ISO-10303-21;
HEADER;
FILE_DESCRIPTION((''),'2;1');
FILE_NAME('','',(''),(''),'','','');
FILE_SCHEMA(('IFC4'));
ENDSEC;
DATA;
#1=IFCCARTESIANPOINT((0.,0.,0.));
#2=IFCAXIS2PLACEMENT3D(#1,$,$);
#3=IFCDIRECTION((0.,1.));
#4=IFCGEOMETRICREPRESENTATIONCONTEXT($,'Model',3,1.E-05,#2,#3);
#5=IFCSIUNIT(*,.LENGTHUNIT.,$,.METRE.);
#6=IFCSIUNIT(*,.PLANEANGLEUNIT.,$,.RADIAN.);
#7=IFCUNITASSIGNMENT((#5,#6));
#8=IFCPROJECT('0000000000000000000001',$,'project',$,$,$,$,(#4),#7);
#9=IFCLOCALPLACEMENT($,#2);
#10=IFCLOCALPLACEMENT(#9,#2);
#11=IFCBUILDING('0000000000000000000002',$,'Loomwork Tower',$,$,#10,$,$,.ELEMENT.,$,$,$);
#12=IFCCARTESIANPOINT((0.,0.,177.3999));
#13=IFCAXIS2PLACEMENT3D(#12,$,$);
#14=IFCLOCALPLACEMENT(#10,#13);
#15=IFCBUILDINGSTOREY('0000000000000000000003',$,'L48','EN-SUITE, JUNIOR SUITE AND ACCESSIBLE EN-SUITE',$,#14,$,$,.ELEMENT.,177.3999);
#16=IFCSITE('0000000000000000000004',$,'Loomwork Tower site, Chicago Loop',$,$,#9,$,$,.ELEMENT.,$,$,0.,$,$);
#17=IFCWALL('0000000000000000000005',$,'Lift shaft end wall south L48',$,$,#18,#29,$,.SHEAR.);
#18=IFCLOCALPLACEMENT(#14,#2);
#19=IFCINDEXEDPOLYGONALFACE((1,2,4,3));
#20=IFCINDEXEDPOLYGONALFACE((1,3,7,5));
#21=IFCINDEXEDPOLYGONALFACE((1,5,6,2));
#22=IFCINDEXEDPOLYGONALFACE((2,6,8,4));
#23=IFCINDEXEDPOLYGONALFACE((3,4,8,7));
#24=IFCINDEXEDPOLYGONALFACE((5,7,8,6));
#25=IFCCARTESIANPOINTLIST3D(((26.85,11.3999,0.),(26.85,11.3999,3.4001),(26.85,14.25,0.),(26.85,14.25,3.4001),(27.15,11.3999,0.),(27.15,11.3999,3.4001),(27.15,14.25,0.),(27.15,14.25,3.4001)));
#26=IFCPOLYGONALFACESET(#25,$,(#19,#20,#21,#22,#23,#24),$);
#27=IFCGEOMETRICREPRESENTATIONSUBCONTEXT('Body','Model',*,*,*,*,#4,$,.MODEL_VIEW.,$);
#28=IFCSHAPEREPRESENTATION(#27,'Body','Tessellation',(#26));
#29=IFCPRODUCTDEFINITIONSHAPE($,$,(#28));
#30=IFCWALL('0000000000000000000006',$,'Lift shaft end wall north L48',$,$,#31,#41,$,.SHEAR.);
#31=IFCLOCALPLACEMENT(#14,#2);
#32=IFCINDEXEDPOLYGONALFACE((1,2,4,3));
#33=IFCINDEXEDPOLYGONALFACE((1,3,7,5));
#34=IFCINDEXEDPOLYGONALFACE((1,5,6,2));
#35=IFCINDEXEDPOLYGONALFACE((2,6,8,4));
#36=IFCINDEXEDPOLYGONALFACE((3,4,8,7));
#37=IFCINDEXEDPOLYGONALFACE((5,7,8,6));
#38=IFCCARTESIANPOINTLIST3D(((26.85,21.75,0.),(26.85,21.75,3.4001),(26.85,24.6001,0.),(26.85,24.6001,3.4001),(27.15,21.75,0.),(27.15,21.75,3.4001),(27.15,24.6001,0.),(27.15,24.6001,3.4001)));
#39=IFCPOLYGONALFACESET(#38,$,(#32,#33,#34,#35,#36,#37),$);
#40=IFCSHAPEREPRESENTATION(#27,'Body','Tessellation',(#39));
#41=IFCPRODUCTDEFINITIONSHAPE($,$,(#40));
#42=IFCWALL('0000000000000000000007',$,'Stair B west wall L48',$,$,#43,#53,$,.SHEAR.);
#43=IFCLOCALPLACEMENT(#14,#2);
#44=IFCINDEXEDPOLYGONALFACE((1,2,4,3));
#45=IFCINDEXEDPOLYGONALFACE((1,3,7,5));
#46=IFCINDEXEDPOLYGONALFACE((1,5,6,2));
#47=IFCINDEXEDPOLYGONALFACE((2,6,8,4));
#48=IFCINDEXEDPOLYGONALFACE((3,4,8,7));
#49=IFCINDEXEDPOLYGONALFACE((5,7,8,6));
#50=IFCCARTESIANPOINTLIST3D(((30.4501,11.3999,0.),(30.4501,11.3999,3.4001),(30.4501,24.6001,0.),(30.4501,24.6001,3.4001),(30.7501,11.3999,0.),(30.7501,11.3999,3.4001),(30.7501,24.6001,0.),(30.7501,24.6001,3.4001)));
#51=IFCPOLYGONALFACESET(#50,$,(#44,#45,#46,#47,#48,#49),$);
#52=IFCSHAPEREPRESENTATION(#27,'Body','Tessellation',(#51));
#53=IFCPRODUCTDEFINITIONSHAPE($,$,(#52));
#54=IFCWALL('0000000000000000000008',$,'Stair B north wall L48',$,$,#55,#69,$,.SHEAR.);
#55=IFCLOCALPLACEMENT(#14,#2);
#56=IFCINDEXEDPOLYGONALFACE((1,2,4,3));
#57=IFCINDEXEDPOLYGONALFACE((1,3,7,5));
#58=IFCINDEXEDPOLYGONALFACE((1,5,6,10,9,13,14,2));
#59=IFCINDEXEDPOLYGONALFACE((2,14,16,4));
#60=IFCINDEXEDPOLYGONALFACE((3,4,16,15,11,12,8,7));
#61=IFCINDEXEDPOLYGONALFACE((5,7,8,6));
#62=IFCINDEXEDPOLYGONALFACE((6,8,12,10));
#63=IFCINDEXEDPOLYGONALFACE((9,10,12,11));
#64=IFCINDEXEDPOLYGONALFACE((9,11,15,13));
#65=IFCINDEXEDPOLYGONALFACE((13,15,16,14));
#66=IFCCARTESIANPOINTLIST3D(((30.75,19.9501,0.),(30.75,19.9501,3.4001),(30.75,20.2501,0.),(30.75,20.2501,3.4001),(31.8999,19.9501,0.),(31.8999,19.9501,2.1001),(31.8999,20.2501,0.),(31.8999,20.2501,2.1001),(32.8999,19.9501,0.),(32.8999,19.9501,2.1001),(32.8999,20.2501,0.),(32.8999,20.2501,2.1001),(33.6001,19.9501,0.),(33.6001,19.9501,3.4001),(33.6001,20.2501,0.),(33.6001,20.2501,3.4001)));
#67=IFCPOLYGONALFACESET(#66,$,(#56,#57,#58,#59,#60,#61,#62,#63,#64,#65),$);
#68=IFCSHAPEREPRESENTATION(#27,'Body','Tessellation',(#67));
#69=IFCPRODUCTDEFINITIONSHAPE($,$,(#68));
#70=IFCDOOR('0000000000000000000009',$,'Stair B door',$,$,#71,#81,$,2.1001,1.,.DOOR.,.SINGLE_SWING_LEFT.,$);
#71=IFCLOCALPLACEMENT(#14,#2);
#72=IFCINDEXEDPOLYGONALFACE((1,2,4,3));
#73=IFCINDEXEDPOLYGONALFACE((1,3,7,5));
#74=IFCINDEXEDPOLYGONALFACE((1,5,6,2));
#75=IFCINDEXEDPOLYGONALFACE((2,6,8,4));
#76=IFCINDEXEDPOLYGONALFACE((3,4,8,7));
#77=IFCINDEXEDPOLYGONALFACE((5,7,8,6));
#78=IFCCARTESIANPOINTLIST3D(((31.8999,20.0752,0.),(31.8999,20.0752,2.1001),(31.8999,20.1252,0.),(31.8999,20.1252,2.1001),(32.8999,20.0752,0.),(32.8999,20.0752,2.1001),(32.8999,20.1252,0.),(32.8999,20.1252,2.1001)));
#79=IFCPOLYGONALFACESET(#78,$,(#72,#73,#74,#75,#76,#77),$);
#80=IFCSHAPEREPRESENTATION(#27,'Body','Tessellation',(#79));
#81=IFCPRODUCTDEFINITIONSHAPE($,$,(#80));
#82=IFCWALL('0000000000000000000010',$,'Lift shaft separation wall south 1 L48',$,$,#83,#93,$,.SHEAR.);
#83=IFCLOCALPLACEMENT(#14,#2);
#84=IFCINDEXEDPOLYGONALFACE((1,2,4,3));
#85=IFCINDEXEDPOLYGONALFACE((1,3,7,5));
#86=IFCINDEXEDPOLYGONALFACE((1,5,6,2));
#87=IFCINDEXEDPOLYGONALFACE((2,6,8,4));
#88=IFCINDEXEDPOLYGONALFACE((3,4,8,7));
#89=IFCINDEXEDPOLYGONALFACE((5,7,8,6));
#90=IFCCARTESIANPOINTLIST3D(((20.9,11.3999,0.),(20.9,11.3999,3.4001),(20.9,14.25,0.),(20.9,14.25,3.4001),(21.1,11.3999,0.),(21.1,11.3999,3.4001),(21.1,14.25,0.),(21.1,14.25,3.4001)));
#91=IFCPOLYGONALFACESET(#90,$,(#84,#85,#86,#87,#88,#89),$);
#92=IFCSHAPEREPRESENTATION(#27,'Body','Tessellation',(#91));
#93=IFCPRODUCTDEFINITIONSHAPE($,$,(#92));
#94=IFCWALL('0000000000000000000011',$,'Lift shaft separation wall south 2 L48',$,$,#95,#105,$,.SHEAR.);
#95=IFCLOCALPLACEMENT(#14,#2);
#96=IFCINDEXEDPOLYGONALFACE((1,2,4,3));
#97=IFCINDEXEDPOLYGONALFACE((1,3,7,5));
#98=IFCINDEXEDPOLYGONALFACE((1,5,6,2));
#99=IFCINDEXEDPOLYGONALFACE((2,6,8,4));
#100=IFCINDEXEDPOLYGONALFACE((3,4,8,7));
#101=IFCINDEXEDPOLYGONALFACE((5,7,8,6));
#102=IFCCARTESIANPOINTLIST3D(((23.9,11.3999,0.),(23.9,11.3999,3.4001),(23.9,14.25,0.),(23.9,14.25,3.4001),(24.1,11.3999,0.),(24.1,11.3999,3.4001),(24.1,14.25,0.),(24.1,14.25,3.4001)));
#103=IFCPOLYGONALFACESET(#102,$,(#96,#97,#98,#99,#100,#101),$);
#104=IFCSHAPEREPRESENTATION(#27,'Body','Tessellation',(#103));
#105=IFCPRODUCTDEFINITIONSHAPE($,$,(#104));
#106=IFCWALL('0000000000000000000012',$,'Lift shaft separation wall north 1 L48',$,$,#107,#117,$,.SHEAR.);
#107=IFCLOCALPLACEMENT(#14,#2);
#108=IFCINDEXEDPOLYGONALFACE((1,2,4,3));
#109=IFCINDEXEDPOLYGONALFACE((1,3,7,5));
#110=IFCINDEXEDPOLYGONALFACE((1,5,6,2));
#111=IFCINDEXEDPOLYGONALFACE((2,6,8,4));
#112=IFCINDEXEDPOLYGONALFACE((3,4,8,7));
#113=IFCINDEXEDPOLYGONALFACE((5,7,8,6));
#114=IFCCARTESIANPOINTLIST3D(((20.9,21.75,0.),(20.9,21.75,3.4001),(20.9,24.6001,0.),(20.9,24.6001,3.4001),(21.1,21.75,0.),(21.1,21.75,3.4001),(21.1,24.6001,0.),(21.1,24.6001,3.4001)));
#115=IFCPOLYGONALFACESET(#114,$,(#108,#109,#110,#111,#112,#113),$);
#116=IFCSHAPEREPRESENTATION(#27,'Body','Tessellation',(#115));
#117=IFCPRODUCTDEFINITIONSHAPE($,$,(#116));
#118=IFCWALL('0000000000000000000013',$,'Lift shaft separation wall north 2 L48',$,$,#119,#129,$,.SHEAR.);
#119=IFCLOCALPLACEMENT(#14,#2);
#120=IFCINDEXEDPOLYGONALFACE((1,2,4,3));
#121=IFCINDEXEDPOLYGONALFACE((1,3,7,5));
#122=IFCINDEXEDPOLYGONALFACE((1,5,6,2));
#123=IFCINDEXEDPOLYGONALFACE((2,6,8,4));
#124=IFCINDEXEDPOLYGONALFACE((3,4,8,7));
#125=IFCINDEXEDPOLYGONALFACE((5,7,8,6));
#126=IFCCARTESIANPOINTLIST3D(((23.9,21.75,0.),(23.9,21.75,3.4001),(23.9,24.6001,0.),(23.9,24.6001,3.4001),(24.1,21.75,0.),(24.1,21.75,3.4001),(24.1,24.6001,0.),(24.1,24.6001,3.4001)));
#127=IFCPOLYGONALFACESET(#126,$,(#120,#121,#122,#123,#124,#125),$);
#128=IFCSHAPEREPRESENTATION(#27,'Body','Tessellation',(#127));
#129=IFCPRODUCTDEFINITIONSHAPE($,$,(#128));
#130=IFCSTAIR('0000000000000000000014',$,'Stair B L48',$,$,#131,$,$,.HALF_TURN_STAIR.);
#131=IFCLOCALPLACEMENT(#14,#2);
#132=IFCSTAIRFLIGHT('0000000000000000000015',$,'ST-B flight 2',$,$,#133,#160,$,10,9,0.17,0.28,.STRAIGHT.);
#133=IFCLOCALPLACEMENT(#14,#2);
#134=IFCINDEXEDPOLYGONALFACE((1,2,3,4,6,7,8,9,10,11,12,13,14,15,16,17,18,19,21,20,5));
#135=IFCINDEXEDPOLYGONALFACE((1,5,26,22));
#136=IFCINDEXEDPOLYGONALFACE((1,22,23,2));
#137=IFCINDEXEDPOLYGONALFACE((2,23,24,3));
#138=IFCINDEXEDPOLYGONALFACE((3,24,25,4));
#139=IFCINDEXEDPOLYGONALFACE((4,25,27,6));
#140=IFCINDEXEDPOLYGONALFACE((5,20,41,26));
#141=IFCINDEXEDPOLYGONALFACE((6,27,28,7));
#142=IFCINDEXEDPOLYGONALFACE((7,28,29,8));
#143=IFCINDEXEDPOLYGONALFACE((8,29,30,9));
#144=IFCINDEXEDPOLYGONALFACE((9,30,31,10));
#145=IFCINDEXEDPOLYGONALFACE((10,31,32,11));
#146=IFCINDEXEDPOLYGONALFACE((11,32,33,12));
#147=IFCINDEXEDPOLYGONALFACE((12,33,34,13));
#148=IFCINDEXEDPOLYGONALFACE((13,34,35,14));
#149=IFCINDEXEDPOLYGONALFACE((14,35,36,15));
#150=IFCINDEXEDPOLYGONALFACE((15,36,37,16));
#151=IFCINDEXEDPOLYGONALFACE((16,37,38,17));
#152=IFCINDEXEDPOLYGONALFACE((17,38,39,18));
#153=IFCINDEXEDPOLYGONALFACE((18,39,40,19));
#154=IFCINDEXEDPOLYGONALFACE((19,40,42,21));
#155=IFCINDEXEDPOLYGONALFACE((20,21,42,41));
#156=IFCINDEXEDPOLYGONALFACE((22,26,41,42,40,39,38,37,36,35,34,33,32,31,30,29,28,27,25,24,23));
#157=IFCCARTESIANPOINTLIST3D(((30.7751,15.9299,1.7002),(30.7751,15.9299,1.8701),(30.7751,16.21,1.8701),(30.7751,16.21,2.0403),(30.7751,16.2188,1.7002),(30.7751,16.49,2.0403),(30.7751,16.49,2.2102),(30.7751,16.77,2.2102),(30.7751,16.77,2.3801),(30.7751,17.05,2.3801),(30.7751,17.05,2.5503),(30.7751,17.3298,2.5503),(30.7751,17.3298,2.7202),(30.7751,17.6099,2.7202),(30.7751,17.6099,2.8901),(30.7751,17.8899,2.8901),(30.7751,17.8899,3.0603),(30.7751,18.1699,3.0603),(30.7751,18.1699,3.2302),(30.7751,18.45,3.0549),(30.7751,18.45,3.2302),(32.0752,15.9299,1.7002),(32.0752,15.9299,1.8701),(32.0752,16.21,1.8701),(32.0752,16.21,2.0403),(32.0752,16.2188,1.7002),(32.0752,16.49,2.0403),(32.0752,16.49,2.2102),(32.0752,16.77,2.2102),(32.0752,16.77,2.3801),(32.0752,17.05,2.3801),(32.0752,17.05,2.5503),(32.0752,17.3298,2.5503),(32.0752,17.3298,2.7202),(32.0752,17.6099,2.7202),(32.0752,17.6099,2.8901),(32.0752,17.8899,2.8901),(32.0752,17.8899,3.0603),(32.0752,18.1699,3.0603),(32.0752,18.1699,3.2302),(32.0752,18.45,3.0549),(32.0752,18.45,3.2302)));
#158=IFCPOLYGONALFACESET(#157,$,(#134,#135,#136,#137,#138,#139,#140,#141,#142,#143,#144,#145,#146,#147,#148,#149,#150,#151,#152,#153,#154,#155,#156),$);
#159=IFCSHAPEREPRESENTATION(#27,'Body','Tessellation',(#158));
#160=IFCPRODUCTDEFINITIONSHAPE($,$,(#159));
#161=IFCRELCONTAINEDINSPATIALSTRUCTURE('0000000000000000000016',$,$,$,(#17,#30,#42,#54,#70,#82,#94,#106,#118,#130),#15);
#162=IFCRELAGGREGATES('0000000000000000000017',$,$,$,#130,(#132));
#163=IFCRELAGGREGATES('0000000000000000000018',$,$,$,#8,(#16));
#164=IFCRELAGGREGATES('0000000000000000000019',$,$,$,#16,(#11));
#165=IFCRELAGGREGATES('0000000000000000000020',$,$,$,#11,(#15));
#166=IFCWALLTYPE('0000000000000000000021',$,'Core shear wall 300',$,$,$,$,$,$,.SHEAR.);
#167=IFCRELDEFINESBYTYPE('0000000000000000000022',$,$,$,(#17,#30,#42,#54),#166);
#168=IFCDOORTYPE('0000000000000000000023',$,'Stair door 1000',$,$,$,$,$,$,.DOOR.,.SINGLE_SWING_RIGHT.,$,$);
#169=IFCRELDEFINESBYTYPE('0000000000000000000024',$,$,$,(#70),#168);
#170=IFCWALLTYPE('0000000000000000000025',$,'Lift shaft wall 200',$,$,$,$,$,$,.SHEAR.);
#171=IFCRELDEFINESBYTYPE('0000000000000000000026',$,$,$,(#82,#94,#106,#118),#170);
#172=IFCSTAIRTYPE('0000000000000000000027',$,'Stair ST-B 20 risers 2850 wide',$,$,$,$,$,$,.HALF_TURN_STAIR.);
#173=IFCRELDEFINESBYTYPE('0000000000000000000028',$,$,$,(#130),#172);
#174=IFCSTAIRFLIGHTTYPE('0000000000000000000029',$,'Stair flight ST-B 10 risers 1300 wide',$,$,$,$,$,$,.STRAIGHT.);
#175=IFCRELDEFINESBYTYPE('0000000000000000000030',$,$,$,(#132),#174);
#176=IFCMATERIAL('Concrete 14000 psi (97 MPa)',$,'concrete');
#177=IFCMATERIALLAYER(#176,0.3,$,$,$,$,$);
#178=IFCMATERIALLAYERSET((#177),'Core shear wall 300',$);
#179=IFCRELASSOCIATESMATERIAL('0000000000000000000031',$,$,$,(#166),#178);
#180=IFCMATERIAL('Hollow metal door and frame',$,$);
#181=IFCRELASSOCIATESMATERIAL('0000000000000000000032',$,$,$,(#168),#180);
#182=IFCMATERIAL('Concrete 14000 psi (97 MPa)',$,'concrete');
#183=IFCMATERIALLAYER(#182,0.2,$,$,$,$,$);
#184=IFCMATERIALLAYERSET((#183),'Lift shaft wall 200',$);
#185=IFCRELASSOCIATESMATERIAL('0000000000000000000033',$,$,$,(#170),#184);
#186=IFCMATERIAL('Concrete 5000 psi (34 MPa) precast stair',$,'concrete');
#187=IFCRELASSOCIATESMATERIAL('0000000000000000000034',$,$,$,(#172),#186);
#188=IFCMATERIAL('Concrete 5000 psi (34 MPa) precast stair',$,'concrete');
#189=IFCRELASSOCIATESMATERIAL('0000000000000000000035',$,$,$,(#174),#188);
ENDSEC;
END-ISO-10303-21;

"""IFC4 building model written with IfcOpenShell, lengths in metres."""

from ifc_helpers import new_model, si_unit, direction, frame, frame_2d, origin, place, context, subcontext, project, spatial, polyline, rectangle, outline, extrude, material, layer, layer_set, type_object, element, fill, aggregate, save


model = new_model("IFC4")

# Units and contexts
model_context = context("Model", 3, precision=1e-05, world=origin(), true_north=direction((0.0, 1.0)))
body_context = subcontext(model_context, "Body", "Model", "MODEL_VIEW")
ifc_project = project(units=[si_unit("LENGTHUNIT", "METRE"), si_unit("PLANEANGLEUNIT", "RADIAN")], contexts=[model_context])

# Site, building, storey
site_placement = place(None, origin())
site = spatial("IfcSite", under=ifc_project, at=site_placement, Name="Loomwork Tower site, Chicago Loop", CompositionType="ELEMENT", RefElevation=0.0)
building_placement = place(site_placement, origin())
building = spatial("IfcBuilding", under=site, at=building_placement, Name="Loomwork Tower", CompositionType="ELEMENT")
storey_placement = place(building_placement, frame((0.0, 0.0, 177.3999)))
storey = spatial("IfcBuildingStorey", under=building, at=storey_placement, Name="L48", Description="EN-SUITE, JUNIOR SUITE AND ACCESSIBLE EN-SUITE", CompositionType="ELEMENT", Elevation=177.3999)

# Walls
ifc_material_1 = material(Name="Concrete 14000 psi (97 MPa)", Category="concrete")
ifc_layer_1 = layer(ifc_material_1, 0.3)
ifc_layer_set_1 = layer_set([ifc_layer_1], Name="Core shear wall 300")
wall_type_1 = type_object("IfcWallType", Name="Core shear wall 300", PredefinedType="SHEAR", material=ifc_layer_set_1)
for number, where, z_axis, x_axis, name in (
    (1, (27.0, 11.3999, 0.0), (0.0, 0.0, 1.0), (0.0, 1.0, 0.0), "Lift shaft end wall south L48"),
    (2, (27.0, 21.75, 0.0), (0.0, 0.0, 1.0), (0.0, 1.0, 0.0), "Lift shaft end wall north L48"),
):
    element("IfcWall", number, at=place(storey_placement, frame(where, z_axis=z_axis, x_axis=x_axis)), inside=storey, type_object=wall_type_1, Name=name, PredefinedType="SHEAR", context=body_context, shape_type="SweptSolid", body=[
        extrude(rectangle(XDim=2.8501, YDim=0.3, at=frame_2d((1.425, 0.0))), origin(), (0.0, 0.0, 1.0), 3.4001),
    ])
wall_1_placement = place(storey_placement, frame((30.6001, 11.3999, 0.0), z_axis=(0.0, 0.0, 1.0), x_axis=(0.0, 1.0, 0.0)))
element("IfcWall", 3, at=wall_1_placement, inside=storey, type_object=wall_type_1, Name="Stair B west wall L48", PredefinedType="SHEAR", context=body_context, shape_type="SweptSolid", body=[
    extrude(rectangle(XDim=13.2002, YDim=0.3, at=frame_2d((6.6001, 0.0))), origin(), (0.0, 0.0, 1.0), 3.4001),
])

# Wall, opening, door
wall_2_placement = place(storey_placement, frame((30.75, 20.1001, 0.0), z_axis=(0.0, 0.0, 1.0), x_axis=(1.0, 0.0, 0.0)))
wall_2 = element("IfcWall", 4, at=wall_2_placement, inside=storey, type_object=wall_type_1, Name="Stair B north wall L48", PredefinedType="SHEAR", context=body_context, shape_type="SweptSolid", body=[
    extrude(rectangle(XDim=2.8501, YDim=0.3, at=frame_2d((1.425, 0.0))), origin(), (0.0, 0.0, 1.0), 3.4001),
])
opening_placement = place(wall_2_placement, frame((1.1499, 0.0, 0.0)))
opening = element("IfcOpeningElement", 5, at=opening_placement, cuts=wall_2, PredefinedType="OPENING", context=body_context, shape_type="SweptSolid", body=[
    extrude(rectangle(XDim=1.0, YDim=2.1001, at=frame_2d((0.5, 1.05))), frame((0.0, 0.1599, 0.0), z_axis=(0.0, -1.0, 0.0), x_axis=(1.0, 0.0, 0.0)), (0.0, 0.0, 1.0), 0.3201),
])
ifc_material_2 = material(Name="Hollow metal door and frame")
door_type = type_object("IfcDoorType", Name="Stair door 1000", OperationType="SINGLE_SWING_RIGHT", PredefinedType="DOOR", material=ifc_material_2)
door_placement = place(opening_placement, frame((1.0, 0.0, 0.0), z_axis=(0.0, 0.0, 1.0), x_axis=(-1.0, 0.0, 0.0)))
door = element("IfcDoor", 6, at=door_placement, inside=storey, type_object=door_type, Name="Stair B door", OperationType="SINGLE_SWING_LEFT", OverallHeight=2.1001, OverallWidth=1.0, PredefinedType="DOOR", context=body_context, shape_type="SweptSolid", body=[
    extrude(rectangle(XDim=1.0, YDim=2.1001, at=frame_2d((0.5, 1.05))), frame((0.0, 0.0249, 0.0), z_axis=(0.0, -1.0, 0.0), x_axis=(1.0, 0.0, 0.0)), (0.0, 0.0, 1.0), 0.05),
])
fill(opening, door)

# Walls
ifc_material_3 = material(Name="Concrete 14000 psi (97 MPa)", Category="concrete")
ifc_layer_2 = layer(ifc_material_3, 0.2)
ifc_layer_set_2 = layer_set([ifc_layer_2], Name="Lift shaft wall 200")
wall_type_2 = type_object("IfcWallType", Name="Lift shaft wall 200", PredefinedType="SHEAR", material=ifc_layer_set_2)
for number, where, z_axis, x_axis, name in (
    (7, (21.0, 11.3999, 0.0), (0.0, 0.0, 1.0), (0.0, 1.0, 0.0), "Lift shaft separation wall south 1 L48"),
    (8, (24.0, 11.3999, 0.0), (0.0, 0.0, 1.0), (0.0, 1.0, 0.0), "Lift shaft separation wall south 2 L48"),
    (9, (21.0, 21.75, 0.0), (0.0, 0.0, 1.0), (0.0, 1.0, 0.0), "Lift shaft separation wall north 1 L48"),
    (10, (24.0, 21.75, 0.0), (0.0, 0.0, 1.0), (0.0, 1.0, 0.0), "Lift shaft separation wall north 2 L48"),
):
    element("IfcWall", number, at=place(storey_placement, frame(where, z_axis=z_axis, x_axis=x_axis)), inside=storey, type_object=wall_type_2, Name=name, PredefinedType="SHEAR", context=body_context, shape_type="SweptSolid", body=[
        extrude(rectangle(XDim=2.8501, YDim=0.2, at=frame_2d((1.425, 0.0))), origin(), (0.0, 0.0, 1.0), 3.4001),
    ])

# Stair, stair flight
ifc_material_4 = material(Name="Concrete 5000 psi (34 MPa) precast stair", Category="concrete")
stair_type = type_object("IfcStairType", Name="Stair ST-B 20 risers 2850 wide", PredefinedType="HALF_TURN_STAIR", material=ifc_material_4)
stair_placement = place(storey_placement, origin())
stair = element("IfcStair", 11, at=stair_placement, inside=storey, type_object=stair_type, Name="Stair B L48", PredefinedType="HALF_TURN_STAIR")
ifc_material_5 = material(Name="Concrete 5000 psi (34 MPa) precast stair", Category="concrete")
stair_flight_type = type_object("IfcStairFlightType", Name="Stair flight ST-B 10 risers 1300 wide", PredefinedType="STRAIGHT", material=ifc_material_5)
stair_flight_placement = place(storey_placement, frame((31.425, 15.9299, 1.7002), z_axis=(0.0, 0.0, 1.0), x_axis=(0.0, 1.0, 0.0)))
stair_flight = element("IfcStairFlight", 12, at=stair_flight_placement, type_object=stair_flight_type, Name="ST-B flight 2", NumberOfRisers=10, NumberOfTreads=9, PredefinedType="STRAIGHT", RiserHeight=0.17, TreadLength=0.28, context=body_context, shape_type="SweptSolid", body=[
    extrude(outline(polyline([(0.0, 0.0), (0.0, 0.1699), (0.28, 0.1699), (0.28, 0.3401), (0.5601, 0.3401), (0.5601, 0.51), (0.8401, 0.51), (0.8401, 0.6799), (1.1201, 0.6799), (1.1201, 0.8501), (1.3999, 0.8501), (1.3999, 1.02), (1.6799, 1.02), (1.6799, 1.1899), (1.96, 1.1899), (1.96, 1.3601), (2.24, 1.3601), (2.24, 1.53), (2.52, 1.53), (2.52, 1.7), (2.52, 1.3547), (0.2888, 0.0), (0.0, 0.0)])), frame((0.0, 0.6499, 0.0), z_axis=(0.0, -1.0, 0.0), x_axis=(1.0, 0.0, 0.0)), (0.0, 0.0, 1.0), 1.3),
])
aggregate(stair, [stair_flight])

save(model, "model.ifc")
